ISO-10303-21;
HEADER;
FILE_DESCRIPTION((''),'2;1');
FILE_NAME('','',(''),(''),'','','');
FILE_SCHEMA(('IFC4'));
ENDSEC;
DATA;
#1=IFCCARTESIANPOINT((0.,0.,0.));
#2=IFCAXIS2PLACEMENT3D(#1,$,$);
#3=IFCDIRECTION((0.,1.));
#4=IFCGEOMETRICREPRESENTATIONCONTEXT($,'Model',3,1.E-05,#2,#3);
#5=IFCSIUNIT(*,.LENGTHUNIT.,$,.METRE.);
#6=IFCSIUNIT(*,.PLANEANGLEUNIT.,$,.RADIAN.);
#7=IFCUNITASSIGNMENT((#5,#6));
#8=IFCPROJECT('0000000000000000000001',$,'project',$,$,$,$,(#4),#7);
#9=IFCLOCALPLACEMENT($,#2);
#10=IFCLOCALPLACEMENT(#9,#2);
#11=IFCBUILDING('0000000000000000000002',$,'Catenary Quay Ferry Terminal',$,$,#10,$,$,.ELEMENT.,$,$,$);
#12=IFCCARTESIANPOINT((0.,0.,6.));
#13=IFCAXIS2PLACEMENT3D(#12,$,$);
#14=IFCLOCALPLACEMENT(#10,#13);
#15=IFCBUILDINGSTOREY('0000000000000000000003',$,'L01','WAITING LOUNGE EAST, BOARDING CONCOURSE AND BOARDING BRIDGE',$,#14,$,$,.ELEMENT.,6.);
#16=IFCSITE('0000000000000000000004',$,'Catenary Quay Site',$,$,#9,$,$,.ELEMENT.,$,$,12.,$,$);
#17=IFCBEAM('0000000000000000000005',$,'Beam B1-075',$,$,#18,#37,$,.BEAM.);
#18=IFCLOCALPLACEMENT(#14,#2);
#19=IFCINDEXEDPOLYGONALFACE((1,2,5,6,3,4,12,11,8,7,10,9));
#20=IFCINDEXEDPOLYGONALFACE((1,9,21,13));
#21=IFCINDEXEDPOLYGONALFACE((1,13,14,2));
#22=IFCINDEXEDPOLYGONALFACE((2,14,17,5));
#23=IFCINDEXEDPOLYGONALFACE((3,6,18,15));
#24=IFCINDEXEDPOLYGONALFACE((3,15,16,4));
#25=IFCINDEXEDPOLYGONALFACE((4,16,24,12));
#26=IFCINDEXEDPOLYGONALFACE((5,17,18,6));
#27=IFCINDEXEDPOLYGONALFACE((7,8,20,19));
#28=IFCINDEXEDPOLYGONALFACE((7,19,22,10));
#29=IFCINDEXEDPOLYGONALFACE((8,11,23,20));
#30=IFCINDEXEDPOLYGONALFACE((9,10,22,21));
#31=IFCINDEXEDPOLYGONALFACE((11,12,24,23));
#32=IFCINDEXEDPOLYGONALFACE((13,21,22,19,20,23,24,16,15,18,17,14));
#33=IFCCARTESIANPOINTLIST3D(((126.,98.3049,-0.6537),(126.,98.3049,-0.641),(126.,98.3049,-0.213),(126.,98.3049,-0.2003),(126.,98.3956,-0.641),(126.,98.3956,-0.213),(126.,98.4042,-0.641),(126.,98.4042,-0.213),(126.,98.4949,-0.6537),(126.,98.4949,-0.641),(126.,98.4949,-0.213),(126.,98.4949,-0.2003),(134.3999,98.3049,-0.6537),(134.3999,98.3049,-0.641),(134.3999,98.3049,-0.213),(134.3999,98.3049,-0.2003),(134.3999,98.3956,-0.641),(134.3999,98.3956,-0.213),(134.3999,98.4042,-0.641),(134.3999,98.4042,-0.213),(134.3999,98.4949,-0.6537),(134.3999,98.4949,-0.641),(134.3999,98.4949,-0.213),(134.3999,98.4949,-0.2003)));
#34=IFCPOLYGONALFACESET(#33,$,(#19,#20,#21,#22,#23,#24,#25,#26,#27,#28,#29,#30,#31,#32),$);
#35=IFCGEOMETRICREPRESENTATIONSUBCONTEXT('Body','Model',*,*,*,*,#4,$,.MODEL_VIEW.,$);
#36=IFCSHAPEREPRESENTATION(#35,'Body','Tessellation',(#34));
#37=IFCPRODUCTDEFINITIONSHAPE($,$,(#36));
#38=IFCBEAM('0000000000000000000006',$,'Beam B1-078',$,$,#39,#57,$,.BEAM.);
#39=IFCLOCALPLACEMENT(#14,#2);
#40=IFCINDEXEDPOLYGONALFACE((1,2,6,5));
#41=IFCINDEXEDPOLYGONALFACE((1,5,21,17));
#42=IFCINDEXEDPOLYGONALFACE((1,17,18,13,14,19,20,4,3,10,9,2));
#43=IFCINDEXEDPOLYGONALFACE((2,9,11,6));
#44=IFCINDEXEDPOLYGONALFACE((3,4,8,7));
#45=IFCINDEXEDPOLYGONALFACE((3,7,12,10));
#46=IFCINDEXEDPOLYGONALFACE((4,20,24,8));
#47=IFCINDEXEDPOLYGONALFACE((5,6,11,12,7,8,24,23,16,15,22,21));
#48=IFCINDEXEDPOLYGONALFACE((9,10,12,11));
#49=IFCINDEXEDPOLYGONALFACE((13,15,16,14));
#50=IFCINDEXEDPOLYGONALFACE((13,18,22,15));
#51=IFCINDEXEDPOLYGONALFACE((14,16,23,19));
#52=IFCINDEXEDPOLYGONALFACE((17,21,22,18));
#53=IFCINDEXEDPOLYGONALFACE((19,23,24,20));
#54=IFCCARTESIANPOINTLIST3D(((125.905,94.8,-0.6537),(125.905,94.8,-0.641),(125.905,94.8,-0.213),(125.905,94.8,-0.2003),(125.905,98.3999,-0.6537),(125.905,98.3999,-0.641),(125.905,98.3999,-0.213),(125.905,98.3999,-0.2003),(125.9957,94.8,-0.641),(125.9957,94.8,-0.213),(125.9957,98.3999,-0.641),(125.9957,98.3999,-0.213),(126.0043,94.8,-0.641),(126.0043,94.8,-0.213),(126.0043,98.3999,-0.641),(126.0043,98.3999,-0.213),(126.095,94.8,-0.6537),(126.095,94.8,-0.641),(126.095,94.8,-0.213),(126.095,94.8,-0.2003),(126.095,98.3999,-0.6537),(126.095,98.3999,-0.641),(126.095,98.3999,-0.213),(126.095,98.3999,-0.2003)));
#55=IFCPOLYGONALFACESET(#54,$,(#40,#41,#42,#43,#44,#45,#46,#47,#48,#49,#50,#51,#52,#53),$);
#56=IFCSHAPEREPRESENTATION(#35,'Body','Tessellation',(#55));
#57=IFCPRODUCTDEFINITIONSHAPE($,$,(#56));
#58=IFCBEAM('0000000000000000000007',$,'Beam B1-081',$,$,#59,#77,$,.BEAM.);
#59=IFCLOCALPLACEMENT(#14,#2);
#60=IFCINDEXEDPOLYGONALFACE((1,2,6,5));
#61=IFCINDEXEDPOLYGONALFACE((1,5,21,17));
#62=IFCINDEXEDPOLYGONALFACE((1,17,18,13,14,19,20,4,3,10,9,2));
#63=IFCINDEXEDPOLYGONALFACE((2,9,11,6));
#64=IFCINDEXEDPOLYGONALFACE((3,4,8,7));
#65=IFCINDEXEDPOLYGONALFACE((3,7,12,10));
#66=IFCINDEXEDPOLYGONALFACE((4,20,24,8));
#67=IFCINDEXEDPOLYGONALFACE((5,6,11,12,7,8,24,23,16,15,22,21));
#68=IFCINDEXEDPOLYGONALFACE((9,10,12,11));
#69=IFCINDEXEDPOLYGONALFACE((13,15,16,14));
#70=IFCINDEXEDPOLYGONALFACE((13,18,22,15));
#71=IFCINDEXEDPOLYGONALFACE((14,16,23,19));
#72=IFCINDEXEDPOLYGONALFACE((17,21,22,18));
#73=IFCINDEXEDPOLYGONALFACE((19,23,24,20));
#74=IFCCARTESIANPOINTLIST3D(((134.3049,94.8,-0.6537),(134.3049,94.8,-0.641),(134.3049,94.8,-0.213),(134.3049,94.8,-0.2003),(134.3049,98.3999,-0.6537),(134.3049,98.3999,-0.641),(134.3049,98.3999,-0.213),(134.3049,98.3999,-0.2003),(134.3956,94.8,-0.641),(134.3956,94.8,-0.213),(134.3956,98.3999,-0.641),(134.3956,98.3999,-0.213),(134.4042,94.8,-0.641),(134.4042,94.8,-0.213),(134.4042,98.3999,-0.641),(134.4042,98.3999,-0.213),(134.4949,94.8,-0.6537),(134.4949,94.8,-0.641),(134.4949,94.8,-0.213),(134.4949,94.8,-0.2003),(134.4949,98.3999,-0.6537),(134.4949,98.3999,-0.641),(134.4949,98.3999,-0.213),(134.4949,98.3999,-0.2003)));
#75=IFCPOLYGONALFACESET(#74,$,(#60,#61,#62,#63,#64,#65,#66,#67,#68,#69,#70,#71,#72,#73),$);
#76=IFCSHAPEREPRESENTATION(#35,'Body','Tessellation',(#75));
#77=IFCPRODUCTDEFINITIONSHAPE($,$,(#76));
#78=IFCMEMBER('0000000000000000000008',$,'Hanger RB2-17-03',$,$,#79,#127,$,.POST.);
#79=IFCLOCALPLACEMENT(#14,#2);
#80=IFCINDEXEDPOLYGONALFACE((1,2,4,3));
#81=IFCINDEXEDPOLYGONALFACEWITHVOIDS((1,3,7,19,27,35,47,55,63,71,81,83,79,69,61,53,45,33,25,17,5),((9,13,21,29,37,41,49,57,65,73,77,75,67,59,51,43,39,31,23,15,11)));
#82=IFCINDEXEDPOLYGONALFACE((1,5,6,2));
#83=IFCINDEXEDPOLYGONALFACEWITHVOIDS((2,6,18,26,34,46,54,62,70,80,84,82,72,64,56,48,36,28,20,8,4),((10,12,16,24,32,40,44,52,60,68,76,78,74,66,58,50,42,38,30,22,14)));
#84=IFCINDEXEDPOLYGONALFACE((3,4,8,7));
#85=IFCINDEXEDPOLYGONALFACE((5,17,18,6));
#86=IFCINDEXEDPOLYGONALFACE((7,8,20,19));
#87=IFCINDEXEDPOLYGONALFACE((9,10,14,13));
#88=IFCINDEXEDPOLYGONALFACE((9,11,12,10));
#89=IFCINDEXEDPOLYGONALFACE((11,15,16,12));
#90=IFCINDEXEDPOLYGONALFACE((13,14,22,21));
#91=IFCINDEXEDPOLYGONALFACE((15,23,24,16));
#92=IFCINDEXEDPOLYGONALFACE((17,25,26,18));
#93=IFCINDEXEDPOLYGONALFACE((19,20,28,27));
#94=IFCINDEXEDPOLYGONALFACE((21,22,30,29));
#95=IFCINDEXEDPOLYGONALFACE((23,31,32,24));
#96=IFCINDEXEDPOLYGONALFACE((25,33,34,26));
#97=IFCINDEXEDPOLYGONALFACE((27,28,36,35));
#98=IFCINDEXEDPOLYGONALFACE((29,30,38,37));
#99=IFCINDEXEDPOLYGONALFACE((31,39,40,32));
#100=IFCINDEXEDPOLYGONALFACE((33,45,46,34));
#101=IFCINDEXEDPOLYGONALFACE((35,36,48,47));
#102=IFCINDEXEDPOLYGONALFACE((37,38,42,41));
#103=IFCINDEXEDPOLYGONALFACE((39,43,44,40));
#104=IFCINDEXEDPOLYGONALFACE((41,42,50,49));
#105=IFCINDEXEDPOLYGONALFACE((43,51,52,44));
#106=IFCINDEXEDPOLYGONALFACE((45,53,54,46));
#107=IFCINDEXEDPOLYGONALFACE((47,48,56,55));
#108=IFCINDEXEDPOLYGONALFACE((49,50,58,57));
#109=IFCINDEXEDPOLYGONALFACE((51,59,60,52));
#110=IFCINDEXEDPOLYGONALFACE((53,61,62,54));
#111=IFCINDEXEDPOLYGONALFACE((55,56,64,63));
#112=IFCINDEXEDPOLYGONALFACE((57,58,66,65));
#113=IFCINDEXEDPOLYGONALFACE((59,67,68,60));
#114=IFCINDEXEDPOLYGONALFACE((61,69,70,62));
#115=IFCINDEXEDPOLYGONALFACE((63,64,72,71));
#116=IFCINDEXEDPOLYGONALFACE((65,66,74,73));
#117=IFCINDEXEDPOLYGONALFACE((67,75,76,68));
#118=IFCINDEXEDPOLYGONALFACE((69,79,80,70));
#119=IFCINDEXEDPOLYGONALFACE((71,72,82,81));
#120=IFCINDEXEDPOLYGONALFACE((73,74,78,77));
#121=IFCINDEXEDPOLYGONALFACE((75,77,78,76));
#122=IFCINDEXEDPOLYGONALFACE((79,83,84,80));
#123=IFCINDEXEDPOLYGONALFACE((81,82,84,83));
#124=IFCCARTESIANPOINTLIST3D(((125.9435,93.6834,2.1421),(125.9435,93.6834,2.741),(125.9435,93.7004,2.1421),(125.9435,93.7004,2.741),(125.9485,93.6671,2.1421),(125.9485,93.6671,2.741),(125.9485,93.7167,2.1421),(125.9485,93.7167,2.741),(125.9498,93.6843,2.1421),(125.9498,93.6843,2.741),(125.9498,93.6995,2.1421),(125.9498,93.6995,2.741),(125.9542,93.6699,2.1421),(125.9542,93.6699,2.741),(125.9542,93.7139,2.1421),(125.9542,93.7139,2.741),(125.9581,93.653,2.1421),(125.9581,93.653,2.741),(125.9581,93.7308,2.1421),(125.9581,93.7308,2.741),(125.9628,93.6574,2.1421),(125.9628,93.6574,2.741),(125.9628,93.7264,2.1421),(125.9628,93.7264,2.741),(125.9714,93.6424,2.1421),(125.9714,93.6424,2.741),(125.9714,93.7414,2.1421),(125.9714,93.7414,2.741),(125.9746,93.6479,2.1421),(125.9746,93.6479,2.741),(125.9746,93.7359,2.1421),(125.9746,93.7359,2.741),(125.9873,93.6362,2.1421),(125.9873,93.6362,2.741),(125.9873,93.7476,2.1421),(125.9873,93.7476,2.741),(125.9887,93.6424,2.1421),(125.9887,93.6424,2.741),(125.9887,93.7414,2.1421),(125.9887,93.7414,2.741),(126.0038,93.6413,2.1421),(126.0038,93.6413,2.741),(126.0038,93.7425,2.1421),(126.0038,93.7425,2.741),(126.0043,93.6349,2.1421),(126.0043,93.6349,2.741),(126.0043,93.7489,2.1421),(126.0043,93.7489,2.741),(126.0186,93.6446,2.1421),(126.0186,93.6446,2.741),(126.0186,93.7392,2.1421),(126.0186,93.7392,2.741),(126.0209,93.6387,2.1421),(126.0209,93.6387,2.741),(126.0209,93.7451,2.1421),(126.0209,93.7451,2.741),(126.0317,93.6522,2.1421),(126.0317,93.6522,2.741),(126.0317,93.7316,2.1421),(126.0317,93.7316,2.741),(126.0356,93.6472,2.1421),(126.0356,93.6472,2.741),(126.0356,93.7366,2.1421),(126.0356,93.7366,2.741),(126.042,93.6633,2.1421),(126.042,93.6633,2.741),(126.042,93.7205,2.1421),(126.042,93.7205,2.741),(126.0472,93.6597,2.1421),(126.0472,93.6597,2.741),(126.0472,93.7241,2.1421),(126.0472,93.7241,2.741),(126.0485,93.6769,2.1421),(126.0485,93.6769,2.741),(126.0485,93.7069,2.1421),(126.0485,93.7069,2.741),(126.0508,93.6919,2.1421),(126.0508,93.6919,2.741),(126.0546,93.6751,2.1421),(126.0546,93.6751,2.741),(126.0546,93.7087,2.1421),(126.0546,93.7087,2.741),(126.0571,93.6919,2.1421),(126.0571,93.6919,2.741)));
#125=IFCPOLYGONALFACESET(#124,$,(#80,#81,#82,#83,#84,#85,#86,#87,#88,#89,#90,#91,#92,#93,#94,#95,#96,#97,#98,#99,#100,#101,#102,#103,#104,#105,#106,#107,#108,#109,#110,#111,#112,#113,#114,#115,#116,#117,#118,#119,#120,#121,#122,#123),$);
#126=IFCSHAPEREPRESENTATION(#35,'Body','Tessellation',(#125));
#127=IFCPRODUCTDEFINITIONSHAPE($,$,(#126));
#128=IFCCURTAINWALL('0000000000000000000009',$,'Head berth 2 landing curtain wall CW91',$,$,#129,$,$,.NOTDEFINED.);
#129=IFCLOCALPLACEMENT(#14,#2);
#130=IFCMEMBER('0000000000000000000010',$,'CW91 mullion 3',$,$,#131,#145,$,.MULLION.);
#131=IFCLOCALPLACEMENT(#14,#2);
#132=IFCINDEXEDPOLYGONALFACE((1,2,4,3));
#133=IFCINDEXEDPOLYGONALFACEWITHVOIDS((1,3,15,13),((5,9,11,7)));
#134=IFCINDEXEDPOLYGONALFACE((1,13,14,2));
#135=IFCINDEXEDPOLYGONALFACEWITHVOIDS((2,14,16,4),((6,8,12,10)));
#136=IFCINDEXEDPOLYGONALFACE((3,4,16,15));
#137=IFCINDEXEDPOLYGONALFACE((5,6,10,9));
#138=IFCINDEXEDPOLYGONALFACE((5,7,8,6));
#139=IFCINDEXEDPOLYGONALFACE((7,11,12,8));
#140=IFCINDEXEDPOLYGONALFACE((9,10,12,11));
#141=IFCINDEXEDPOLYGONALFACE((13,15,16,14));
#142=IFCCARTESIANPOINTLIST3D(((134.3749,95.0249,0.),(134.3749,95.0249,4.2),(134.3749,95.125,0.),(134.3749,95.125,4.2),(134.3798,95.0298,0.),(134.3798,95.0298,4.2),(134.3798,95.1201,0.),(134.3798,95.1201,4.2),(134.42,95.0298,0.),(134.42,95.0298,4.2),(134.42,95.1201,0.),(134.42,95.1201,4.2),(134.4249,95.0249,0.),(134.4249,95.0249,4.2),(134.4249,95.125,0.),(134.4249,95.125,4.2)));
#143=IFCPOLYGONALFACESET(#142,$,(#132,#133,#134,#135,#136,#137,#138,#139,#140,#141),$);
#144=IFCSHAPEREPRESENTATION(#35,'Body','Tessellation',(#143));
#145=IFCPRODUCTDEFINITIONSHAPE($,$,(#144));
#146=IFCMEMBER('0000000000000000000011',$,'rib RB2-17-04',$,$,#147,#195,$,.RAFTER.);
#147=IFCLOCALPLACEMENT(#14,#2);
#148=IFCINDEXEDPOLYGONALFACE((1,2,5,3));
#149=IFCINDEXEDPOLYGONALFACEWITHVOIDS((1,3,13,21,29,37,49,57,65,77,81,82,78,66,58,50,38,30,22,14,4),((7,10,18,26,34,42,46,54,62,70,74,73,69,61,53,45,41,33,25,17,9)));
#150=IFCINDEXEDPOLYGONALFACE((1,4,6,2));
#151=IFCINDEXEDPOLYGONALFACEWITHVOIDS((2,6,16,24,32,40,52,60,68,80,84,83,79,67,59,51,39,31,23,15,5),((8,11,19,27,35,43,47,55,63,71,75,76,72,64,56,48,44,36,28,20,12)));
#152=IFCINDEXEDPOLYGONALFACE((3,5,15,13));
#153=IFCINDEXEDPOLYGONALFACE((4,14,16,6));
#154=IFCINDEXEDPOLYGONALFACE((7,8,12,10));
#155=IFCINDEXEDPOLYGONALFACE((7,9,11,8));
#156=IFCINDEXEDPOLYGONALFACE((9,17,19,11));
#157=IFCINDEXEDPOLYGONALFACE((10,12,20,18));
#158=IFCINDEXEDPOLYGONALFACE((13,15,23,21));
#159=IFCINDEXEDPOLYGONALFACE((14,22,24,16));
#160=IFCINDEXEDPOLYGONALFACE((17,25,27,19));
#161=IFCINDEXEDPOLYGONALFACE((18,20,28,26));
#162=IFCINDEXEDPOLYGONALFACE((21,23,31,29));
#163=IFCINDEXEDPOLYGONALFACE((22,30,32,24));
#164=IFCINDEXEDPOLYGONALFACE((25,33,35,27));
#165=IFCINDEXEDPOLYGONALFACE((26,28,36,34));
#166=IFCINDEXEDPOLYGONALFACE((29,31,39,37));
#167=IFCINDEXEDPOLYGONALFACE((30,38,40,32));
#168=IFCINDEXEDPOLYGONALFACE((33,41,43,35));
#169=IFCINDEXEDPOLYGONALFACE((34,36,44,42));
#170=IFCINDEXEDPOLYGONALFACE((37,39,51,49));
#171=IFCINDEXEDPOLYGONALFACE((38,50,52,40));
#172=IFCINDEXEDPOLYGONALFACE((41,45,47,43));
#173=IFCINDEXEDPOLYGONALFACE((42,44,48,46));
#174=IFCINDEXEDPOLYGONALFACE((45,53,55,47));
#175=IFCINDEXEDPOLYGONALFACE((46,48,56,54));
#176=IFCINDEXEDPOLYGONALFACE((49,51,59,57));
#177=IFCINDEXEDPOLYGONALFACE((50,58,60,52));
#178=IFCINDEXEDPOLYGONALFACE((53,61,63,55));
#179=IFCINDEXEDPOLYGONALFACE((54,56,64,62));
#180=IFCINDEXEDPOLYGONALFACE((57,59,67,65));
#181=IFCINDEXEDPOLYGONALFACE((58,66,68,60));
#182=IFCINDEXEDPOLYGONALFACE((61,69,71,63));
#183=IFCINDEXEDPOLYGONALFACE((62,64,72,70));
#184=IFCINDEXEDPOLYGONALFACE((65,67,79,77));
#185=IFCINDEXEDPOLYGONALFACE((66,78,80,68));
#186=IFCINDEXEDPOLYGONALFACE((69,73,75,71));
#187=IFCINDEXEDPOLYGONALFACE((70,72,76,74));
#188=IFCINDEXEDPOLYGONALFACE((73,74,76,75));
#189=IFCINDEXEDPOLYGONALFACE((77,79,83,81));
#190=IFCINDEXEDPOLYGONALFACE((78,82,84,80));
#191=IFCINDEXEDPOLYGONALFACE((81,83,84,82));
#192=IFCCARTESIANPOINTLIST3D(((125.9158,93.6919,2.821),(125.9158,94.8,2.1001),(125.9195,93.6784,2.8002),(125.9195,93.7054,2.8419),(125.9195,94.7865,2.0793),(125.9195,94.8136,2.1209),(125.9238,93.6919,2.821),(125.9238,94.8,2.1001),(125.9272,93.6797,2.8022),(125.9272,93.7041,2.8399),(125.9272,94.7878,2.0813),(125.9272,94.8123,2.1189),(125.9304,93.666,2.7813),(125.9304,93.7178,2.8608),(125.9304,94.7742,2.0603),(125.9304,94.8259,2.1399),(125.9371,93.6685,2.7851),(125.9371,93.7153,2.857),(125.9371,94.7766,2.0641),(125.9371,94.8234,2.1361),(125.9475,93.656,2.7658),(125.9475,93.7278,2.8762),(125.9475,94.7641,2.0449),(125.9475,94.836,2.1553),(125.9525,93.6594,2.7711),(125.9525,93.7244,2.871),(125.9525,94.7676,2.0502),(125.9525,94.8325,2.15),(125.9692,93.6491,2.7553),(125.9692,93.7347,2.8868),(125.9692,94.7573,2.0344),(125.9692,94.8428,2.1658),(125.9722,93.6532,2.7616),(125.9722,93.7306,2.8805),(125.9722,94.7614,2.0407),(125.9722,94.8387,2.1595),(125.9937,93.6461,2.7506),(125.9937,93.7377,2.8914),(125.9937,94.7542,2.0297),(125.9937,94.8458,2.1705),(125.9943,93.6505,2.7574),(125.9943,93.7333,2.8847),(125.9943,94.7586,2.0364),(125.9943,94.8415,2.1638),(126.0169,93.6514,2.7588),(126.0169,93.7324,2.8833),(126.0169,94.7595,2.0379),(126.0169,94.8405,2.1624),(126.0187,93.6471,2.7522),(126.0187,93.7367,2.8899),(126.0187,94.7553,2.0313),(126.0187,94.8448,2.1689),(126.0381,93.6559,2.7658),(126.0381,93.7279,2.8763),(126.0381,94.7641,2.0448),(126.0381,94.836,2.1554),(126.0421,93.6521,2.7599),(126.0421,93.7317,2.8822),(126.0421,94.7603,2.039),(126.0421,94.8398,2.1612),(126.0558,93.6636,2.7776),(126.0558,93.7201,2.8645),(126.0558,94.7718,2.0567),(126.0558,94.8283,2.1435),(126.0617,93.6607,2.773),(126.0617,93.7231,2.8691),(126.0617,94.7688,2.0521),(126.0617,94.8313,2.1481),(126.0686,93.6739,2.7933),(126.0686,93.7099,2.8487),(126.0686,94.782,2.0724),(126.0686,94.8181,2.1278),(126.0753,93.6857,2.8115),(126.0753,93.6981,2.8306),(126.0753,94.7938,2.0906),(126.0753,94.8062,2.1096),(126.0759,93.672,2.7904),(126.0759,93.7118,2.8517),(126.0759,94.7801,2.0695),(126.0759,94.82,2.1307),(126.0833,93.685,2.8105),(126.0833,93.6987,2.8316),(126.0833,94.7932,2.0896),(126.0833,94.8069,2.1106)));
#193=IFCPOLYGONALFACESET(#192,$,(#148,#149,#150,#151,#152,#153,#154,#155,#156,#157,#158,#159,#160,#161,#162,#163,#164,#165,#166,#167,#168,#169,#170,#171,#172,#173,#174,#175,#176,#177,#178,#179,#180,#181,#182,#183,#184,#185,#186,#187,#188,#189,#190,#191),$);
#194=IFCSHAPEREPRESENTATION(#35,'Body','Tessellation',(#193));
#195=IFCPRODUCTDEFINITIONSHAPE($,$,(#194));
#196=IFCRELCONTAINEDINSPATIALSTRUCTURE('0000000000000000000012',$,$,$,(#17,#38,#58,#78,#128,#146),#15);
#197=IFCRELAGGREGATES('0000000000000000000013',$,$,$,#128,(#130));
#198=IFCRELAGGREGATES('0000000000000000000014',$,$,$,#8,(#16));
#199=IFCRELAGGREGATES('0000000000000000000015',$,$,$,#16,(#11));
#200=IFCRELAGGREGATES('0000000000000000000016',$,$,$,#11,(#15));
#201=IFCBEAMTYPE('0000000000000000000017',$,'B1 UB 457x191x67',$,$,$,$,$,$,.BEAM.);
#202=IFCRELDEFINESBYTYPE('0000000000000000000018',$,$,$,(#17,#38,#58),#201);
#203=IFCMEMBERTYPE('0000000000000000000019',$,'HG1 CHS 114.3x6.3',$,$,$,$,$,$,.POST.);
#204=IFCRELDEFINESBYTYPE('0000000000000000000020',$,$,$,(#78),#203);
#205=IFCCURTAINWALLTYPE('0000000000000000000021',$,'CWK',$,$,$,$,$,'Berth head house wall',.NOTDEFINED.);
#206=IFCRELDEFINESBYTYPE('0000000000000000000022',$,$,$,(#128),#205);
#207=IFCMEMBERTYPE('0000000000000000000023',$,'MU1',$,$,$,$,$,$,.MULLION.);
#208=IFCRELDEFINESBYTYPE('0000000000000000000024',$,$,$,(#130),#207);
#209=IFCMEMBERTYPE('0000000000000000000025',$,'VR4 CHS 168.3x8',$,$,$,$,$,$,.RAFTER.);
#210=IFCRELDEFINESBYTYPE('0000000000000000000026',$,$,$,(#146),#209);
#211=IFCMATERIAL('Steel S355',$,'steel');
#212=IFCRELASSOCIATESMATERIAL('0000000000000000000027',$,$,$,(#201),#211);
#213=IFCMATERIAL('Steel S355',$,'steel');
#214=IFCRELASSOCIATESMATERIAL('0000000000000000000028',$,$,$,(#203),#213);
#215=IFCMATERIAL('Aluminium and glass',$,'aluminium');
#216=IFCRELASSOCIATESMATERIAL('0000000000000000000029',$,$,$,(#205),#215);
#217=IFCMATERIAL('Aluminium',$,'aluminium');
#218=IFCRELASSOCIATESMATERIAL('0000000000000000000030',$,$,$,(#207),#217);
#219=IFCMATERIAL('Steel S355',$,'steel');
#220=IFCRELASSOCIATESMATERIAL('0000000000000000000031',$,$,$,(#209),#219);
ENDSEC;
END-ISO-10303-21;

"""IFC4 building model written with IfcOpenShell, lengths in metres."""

from ifc_helpers import new_model, si_unit, direction, frame, origin, origin_2d, place, context, subcontext, project, spatial, hollow_rectangle, hollow_circle, i_section, extrude, material, material_profile, profile_set, type_object, element, aggregate, save


model = new_model("IFC4")

# Units and contexts
model_context = context("Model", 3, precision=1e-05, world=origin(), true_north=direction((0.0, 1.0)))
body_context = subcontext(model_context, "Body", "Model", "MODEL_VIEW")
ifc_project = project(units=[si_unit("LENGTHUNIT", "METRE"), si_unit("PLANEANGLEUNIT", "RADIAN")], contexts=[model_context])

# Site, building, storey
site_placement = place(None, origin())
site = spatial("IfcSite", under=ifc_project, at=site_placement, Name="Catenary Quay Site", CompositionType="ELEMENT", RefElevation=12.0)
building_placement = place(site_placement, origin())
building = spatial("IfcBuilding", under=site, at=building_placement, Name="Catenary Quay Ferry Terminal", CompositionType="ELEMENT")
storey_placement = place(building_placement, frame((0.0, 0.0, 6.0)))
storey = spatial("IfcBuildingStorey", under=building, at=storey_placement, Name="L01", Description="WAITING LOUNGE EAST, BOARDING CONCOURSE AND BOARDING BRIDGE", CompositionType="ELEMENT", Elevation=6.0)

# Beams
ifc_material_1 = material(Name="Steel S355", Category="steel")
ifc_material_profile_1 = material_profile(ifc_material_1, i_section(OverallWidth=0.1899, OverallDepth=0.4534, WebThickness=0.0085, FlangeThickness=0.0127, at=origin_2d()), Name="UB 457x191x67")
ifc_profile_set_1 = profile_set([ifc_material_profile_1], Name="Steel S355")
beam_type = type_object("IfcBeamType", Name="B1 UB 457x191x67", PredefinedType="BEAM", material=ifc_profile_set_1)
for number, where, z_axis, x_axis, name in (
    (1, (126.0, 98.3999, -0.427), (1.0, 0.0, 0.0), (0.0, 1.0, 0.0), "Beam B1-075"),
):
    element("IfcBeam", number, at=place(storey_placement, frame(where, z_axis=z_axis, x_axis=x_axis)), inside=storey, type_object=beam_type, Name=name, PredefinedType="BEAM", context=body_context, shape_type="SweptSolid", body=[
        extrude(i_section(OverallWidth=0.1899, OverallDepth=0.4534, WebThickness=0.0085, FlangeThickness=0.0127, at=origin_2d()), origin(), (0.0, 0.0, 1.0), 8.3999),
    ])
for number, where, z_axis, x_axis, name in (
    (2, (126.0, 94.8, -0.427), (0.0, 1.0, 0.0), (-1.0, 0.0, 0.0), "Beam B1-078"),
    (3, (134.3999, 94.8, -0.427), (0.0, 1.0, 0.0), (-1.0, 0.0, 0.0), "Beam B1-081"),
):
    element("IfcBeam", number, at=place(storey_placement, frame(where, z_axis=z_axis, x_axis=x_axis)), inside=storey, type_object=beam_type, Name=name, PredefinedType="BEAM", context=body_context, shape_type="SweptSolid", body=[
        extrude(i_section(OverallWidth=0.1899, OverallDepth=0.4534, WebThickness=0.0085, FlangeThickness=0.0127, at=origin_2d()), origin(), (0.0, 0.0, 1.0), 3.5999),
    ])

# Member
ifc_material_2 = material(Name="Steel S355", Category="steel")
ifc_material_profile_2 = material_profile(ifc_material_2, hollow_circle(Radius=0.0571, WallThickness=0.0063, at=origin_2d()), Name="CHS 114.3x6.3")
ifc_profile_set_2 = profile_set([ifc_material_profile_2], Name="Steel S355")
member_type_1 = type_object("IfcMemberType", Name="HG1 CHS 114.3x6.3", PredefinedType="POST", material=ifc_profile_set_2)
member_1_placement = place(storey_placement, frame((126.0, 93.6919, 2.1421), z_axis=(0.0, 0.0, 1.0), x_axis=(1.0, 0.0, 0.0)))
element("IfcMember", 4, at=member_1_placement, inside=storey, type_object=member_type_1, Name="Hanger RB2-17-03", PredefinedType="POST", context=body_context, shape_type="SweptSolid", body=[
    extrude(hollow_circle(Radius=0.0571, WallThickness=0.0063, at=origin_2d()), origin(), (0.0, 0.0, 1.0), 0.5989),
])

# Curtain wall, member
ifc_material_3 = material(Name="Aluminium and glass", Category="aluminium")
curtain_wall_type = type_object("IfcCurtainWallType", Name="CWK", ElementType="Berth head house wall", PredefinedType="NOTDEFINED", material=ifc_material_3)
curtain_wall_placement = place(storey_placement, origin())
curtain_wall = element("IfcCurtainWall", 5, at=curtain_wall_placement, inside=storey, type_object=curtain_wall_type, Name="Head berth 2 landing curtain wall CW91", PredefinedType="NOTDEFINED")
ifc_material_4 = material(Name="Aluminium", Category="aluminium")
ifc_material_profile_3 = material_profile(ifc_material_4, hollow_rectangle(XDim=0.05, YDim=0.1001, WallThickness=0.0049, at=origin_2d()), Name="MU1")
ifc_profile_set_3 = profile_set([ifc_material_profile_3], Name="Aluminium")
member_type_2 = type_object("IfcMemberType", Name="MU1", PredefinedType="MULLION", material=ifc_profile_set_3)
member_2_placement = place(storey_placement, frame((134.3999, 95.075, 0.0), z_axis=(0.0, 0.0, 1.0), x_axis=(-1.0, 0.0, 0.0)))
member_2 = element("IfcMember", 6, at=member_2_placement, type_object=member_type_2, Name="CW91 mullion 3", PredefinedType="MULLION", context=body_context, shape_type="SweptSolid", body=[
    extrude(hollow_rectangle(XDim=0.05, YDim=0.1001, WallThickness=0.0049, at=origin_2d()), origin(), (0.0, 0.0, 1.0), 4.2),
])

# Member
ifc_material_5 = material(Name="Steel S355", Category="steel")
ifc_material_profile_4 = material_profile(ifc_material_5, hollow_circle(Radius=0.0842, WallThickness=0.0081, at=origin_2d()), Name="CHS 168.3x8")
ifc_profile_set_4 = profile_set([ifc_material_profile_4], Name="Steel S355")
member_type_3 = type_object("IfcMemberType", Name="VR4 CHS 168.3x8", PredefinedType="RAFTER", material=ifc_profile_set_4)
member_3_placement = place(storey_placement, frame((126.0, 93.6919, 2.821), z_axis=(0.0, 0.83822, -0.545332), x_axis=(-1.0, 0.0, 0.0)))
element("IfcMember", 7, at=member_3_placement, inside=storey, type_object=member_type_3, Name="rib RB2-17-04", PredefinedType="RAFTER", context=body_context, shape_type="SweptSolid", body=[
    extrude(hollow_circle(Radius=0.0842, WallThickness=0.0081, at=origin_2d()), origin(), (0.0, 0.0, 1.0), 1.322),
])

aggregate(curtain_wall, [member_2])

save(model, "model.ifc")
